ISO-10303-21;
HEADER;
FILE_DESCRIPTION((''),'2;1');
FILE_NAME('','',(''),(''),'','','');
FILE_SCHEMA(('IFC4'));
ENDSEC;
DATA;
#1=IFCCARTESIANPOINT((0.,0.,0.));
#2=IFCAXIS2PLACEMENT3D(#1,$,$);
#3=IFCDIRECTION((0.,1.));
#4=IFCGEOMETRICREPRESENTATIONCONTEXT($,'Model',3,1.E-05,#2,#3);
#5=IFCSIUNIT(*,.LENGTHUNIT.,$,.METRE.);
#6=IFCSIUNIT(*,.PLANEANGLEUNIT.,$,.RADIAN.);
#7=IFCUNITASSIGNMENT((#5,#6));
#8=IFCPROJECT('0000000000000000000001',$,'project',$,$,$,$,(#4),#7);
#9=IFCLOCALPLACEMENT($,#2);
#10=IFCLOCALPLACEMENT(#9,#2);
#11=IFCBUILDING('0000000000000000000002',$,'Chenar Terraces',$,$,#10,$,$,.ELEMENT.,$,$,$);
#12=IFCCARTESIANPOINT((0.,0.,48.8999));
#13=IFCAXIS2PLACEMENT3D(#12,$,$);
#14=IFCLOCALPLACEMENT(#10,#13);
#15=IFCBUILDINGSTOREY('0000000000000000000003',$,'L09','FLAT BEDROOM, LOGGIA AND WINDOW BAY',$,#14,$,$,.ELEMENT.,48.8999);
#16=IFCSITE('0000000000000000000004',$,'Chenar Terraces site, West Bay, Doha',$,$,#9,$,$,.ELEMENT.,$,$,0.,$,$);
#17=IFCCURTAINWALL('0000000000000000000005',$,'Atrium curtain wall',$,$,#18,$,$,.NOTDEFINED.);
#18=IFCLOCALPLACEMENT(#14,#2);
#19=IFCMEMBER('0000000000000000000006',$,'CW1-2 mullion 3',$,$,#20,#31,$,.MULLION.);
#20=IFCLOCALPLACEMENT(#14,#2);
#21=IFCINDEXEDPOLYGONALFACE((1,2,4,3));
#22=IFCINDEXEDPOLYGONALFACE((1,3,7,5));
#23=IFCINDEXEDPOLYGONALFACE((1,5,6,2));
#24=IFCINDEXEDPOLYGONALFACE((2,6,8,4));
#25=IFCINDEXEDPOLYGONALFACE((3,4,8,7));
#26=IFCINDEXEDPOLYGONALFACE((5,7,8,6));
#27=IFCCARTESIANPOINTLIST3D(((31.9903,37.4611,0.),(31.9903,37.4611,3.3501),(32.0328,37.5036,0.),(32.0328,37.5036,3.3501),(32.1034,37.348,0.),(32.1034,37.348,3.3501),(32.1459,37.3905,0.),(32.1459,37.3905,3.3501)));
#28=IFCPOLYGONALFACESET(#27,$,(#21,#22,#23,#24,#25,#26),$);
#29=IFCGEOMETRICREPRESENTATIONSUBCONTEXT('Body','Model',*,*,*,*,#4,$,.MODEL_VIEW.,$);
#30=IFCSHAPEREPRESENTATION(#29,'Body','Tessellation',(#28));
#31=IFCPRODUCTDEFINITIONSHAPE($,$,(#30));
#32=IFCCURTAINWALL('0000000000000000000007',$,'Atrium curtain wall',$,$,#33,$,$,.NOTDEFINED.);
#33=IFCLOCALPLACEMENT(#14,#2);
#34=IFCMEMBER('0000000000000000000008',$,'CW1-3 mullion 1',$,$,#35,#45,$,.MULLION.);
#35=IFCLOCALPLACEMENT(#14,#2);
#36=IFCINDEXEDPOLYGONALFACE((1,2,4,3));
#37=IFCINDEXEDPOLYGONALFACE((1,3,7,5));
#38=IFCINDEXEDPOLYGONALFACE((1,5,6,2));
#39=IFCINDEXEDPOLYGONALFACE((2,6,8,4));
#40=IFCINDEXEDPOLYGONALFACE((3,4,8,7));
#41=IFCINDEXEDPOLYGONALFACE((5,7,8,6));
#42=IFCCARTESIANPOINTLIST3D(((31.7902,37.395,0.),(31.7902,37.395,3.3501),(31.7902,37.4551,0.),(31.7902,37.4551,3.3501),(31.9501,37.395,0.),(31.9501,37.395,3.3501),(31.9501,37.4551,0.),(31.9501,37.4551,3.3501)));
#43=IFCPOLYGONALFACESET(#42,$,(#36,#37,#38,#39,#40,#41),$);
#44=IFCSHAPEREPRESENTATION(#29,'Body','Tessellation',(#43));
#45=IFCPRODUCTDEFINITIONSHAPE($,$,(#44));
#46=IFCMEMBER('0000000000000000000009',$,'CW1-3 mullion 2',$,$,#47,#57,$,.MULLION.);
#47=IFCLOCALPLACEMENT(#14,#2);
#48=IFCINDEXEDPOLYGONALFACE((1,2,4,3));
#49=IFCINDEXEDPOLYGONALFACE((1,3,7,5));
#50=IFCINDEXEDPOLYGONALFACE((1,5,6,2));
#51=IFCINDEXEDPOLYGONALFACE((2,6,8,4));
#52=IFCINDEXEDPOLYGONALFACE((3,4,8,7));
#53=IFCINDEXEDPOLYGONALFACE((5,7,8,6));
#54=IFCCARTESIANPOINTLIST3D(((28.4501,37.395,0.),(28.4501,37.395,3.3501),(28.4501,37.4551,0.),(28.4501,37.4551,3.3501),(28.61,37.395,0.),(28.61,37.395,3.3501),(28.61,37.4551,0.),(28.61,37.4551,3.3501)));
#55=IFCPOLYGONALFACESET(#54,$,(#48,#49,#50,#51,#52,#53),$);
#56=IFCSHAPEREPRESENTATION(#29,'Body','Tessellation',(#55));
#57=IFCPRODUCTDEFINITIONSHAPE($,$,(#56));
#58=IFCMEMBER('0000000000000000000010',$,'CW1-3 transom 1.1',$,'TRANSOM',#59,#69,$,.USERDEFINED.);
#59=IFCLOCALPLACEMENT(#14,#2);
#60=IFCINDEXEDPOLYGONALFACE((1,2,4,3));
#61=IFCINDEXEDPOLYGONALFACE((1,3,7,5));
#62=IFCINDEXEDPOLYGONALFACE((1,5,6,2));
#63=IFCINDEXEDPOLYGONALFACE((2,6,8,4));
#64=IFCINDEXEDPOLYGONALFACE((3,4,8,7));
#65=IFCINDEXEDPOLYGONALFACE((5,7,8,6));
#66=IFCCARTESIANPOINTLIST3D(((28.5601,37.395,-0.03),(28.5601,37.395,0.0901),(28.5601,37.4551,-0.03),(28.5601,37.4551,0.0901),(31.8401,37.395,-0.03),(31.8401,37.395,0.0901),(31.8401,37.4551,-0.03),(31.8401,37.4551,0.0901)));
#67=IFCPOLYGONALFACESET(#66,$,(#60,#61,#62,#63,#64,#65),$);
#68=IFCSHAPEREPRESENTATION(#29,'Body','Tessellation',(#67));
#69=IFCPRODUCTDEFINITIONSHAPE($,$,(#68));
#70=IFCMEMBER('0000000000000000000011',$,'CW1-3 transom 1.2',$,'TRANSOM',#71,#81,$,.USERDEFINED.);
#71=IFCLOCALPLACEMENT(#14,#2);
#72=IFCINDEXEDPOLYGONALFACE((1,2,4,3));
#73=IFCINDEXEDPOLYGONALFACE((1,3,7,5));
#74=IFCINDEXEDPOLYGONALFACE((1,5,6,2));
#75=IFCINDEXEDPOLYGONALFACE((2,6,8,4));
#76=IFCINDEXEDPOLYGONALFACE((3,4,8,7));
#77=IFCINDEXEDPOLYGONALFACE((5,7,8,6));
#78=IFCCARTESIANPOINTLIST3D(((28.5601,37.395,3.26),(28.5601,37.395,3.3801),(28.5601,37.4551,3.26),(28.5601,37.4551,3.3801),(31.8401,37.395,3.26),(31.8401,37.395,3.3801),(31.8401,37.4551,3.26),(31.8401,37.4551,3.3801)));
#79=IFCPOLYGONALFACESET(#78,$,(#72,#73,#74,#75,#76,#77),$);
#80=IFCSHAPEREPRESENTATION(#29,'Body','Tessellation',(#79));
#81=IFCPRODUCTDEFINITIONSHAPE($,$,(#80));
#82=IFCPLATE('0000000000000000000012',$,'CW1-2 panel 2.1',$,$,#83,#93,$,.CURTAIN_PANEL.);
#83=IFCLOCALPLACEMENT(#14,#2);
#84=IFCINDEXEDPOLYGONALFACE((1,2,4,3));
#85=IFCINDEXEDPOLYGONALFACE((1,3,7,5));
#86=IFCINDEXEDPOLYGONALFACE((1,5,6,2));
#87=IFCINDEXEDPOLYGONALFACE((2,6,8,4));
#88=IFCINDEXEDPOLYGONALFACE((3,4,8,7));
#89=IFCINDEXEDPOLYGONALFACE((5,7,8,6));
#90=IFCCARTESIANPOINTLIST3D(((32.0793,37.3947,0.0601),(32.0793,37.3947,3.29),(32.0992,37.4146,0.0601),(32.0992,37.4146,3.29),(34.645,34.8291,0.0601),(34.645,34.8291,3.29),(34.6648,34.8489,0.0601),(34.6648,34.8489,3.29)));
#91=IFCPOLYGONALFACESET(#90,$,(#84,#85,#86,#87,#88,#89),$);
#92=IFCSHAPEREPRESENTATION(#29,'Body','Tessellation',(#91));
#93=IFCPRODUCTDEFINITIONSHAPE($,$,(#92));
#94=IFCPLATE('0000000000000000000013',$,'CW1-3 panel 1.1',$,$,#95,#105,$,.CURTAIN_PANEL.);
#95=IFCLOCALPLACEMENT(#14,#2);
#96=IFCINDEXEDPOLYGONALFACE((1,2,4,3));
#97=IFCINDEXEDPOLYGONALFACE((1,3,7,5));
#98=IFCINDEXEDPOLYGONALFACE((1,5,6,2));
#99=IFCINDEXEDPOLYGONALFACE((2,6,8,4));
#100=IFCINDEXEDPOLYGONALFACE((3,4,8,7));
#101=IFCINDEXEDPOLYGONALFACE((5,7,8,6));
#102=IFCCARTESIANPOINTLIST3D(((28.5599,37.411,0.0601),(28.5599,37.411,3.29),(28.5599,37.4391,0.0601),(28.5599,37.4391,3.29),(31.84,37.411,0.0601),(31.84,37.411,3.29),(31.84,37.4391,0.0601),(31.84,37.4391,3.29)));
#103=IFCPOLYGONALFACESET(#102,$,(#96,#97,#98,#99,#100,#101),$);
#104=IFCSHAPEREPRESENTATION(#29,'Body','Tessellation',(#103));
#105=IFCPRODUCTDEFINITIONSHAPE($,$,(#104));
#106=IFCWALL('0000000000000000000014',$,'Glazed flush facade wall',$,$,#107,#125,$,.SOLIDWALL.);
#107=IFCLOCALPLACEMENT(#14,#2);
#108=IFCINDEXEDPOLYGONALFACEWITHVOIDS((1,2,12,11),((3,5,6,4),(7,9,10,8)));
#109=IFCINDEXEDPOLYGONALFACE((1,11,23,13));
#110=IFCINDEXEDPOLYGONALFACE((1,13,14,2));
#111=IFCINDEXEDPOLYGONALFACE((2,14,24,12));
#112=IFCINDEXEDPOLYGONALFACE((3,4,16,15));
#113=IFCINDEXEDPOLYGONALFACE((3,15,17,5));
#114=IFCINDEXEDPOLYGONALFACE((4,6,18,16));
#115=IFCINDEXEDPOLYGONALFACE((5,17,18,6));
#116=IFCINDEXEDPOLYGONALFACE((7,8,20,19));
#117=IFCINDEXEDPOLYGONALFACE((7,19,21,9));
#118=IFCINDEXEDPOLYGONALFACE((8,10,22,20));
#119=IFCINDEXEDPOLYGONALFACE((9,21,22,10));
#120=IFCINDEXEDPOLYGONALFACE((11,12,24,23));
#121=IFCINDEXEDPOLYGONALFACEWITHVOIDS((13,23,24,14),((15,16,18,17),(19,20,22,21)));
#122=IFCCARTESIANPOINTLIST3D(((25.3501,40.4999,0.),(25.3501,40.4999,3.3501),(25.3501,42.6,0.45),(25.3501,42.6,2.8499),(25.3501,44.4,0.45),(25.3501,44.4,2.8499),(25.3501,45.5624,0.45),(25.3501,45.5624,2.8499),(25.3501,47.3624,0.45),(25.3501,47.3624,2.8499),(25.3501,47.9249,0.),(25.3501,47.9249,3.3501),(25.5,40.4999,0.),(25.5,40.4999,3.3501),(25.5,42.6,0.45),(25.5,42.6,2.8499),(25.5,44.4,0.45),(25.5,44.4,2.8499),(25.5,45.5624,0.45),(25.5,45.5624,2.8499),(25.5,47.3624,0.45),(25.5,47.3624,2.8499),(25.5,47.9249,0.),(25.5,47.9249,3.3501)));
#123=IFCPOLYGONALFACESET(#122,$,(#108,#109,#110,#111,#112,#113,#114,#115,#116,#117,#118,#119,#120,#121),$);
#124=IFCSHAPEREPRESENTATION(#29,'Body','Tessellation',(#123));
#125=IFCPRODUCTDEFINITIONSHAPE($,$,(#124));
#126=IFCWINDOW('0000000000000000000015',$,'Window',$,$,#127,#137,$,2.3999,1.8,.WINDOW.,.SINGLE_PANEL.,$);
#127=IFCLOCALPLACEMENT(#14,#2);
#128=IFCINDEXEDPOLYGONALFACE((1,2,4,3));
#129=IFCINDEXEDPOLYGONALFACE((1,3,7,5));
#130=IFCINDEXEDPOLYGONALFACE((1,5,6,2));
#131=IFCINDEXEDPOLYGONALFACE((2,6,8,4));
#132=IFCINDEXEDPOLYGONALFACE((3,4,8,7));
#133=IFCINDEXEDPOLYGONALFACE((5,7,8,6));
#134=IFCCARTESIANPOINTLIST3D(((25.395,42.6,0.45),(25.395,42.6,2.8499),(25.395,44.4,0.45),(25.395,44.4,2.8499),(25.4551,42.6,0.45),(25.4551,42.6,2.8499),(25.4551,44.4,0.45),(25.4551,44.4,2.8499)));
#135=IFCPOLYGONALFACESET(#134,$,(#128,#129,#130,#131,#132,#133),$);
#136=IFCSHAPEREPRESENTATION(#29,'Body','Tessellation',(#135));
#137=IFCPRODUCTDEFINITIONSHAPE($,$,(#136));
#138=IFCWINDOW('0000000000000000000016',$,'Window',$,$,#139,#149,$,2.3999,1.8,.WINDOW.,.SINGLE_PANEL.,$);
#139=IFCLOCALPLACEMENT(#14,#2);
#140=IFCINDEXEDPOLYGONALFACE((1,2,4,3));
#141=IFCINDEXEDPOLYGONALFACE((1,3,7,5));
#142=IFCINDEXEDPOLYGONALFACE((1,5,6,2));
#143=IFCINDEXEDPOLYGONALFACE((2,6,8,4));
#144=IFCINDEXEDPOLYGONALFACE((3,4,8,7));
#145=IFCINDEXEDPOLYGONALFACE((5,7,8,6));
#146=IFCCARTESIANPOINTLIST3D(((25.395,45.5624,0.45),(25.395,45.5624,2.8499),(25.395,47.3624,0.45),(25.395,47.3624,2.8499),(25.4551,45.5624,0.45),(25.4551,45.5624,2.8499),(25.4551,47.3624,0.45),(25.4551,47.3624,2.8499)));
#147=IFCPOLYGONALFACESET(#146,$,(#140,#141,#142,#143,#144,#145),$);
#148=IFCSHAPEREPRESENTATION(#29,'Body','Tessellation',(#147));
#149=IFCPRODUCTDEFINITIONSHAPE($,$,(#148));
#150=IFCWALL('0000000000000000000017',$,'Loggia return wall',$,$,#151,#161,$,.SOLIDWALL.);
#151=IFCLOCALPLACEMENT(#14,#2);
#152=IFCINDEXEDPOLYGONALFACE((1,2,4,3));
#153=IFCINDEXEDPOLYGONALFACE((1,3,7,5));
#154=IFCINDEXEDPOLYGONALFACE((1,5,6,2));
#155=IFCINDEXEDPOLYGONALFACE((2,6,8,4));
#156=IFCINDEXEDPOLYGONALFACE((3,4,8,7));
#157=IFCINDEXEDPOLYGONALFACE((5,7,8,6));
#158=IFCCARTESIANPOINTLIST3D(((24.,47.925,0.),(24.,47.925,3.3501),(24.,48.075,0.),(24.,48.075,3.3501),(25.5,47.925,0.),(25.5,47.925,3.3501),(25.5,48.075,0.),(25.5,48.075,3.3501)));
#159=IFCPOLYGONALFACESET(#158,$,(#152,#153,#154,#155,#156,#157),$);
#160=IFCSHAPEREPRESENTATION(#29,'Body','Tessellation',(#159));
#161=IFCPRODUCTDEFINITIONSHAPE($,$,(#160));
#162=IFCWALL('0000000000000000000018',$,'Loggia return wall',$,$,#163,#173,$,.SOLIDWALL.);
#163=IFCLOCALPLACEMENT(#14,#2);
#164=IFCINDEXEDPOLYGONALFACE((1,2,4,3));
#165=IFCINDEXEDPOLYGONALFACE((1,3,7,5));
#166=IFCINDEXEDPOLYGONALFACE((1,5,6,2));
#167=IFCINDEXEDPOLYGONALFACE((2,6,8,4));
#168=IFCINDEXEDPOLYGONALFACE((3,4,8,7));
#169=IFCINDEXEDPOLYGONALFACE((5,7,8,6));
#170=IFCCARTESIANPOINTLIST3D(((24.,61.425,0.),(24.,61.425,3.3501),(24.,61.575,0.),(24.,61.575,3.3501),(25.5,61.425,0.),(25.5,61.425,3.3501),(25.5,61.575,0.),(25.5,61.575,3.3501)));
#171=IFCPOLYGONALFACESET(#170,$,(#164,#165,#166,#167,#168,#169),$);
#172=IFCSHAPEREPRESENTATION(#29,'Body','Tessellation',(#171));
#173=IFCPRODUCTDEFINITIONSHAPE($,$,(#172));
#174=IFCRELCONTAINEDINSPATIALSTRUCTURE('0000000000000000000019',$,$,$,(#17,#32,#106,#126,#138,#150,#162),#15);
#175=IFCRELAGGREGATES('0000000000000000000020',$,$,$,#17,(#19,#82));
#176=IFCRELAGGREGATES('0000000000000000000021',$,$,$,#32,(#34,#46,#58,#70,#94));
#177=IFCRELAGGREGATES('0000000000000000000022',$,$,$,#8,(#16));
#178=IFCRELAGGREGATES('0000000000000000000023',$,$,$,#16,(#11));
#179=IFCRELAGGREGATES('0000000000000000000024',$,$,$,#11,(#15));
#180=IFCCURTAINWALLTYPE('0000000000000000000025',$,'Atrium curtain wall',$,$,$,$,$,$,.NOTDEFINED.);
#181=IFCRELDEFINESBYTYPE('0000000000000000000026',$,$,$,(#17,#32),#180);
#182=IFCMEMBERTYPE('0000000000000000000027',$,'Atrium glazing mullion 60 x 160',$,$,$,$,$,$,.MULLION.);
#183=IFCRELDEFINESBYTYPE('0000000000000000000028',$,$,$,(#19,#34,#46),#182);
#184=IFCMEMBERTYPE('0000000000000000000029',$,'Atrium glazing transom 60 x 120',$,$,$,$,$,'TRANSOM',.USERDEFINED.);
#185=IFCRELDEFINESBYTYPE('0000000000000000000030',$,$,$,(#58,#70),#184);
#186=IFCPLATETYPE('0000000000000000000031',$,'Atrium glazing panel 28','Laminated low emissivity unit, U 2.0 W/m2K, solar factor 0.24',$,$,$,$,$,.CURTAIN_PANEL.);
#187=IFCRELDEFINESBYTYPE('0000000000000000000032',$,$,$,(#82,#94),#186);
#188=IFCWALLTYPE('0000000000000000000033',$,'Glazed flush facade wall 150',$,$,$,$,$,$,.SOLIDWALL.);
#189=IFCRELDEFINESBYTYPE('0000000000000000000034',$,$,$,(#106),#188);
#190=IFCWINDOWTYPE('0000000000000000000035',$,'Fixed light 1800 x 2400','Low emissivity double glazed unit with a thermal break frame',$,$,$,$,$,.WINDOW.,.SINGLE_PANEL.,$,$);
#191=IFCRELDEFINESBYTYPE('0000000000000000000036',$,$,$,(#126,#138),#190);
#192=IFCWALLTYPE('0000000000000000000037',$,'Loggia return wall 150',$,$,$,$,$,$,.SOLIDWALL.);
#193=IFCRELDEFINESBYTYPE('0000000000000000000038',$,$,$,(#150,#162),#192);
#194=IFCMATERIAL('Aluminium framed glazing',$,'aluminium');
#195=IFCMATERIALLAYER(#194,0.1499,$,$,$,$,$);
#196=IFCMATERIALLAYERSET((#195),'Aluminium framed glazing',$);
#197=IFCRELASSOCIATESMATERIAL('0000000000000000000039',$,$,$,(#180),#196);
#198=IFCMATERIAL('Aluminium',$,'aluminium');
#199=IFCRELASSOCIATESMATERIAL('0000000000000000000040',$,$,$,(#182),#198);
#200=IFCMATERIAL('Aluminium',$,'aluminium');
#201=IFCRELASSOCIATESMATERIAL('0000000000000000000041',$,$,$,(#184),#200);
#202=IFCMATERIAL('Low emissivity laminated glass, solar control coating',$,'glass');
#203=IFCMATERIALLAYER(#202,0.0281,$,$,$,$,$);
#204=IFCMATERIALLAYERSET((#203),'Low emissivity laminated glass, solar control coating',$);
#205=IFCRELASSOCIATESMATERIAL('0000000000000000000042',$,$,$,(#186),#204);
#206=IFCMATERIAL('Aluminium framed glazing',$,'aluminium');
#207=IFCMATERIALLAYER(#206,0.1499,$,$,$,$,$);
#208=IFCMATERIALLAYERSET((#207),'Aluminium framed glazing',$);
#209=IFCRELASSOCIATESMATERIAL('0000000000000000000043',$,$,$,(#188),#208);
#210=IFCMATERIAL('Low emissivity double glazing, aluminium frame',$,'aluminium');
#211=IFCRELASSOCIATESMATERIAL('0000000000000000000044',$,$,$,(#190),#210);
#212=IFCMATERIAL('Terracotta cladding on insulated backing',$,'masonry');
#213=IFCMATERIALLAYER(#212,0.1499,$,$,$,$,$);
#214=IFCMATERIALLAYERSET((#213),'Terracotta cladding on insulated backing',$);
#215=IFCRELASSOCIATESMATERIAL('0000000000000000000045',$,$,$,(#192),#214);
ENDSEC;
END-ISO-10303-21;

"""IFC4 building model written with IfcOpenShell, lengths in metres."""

from ifc_helpers import new_model, si_unit, direction, frame, frame_2d, origin, origin_2d, place, context, subcontext, project, spatial, rectangle, extrude, material, layer, layer_set, material_profile, profile_set, type_object, element, fill, aggregate, save


model = new_model("IFC4")

# Units and contexts
model_context = context("Model", 3, precision=1e-05, world=origin(), true_north=direction((0.0, 1.0)))
body_context = subcontext(model_context, "Body", "Model", "MODEL_VIEW")
ifc_project = project(units=[si_unit("LENGTHUNIT", "METRE"), si_unit("PLANEANGLEUNIT", "RADIAN")], contexts=[model_context])

# Site, building, storey
site_placement = place(None, origin())
site = spatial("IfcSite", under=ifc_project, at=site_placement, Name="Chenar Terraces site, West Bay, Doha", CompositionType="ELEMENT", RefElevation=0.0)
building_placement = place(site_placement, origin())
building = spatial("IfcBuilding", under=site, at=building_placement, Name="Chenar Terraces", CompositionType="ELEMENT")
storey_placement = place(building_placement, frame((0.0, 0.0, 48.8999)))
storey = spatial("IfcBuildingStorey", under=building, at=storey_placement, Name="L09", Description="FLAT BEDROOM, LOGGIA AND WINDOW BAY", CompositionType="ELEMENT", Elevation=48.8999)

# Curtain wall, member
ifc_material_1 = material(Name="Aluminium framed glazing", Category="aluminium")
ifc_layer_1 = layer(ifc_material_1, 0.1499)
ifc_layer_set_1 = layer_set([ifc_layer_1], Name="Aluminium framed glazing")
curtain_wall_type = type_object("IfcCurtainWallType", Name="Atrium curtain wall", PredefinedType="NOTDEFINED", material=ifc_layer_set_1)
placement = place(storey_placement, origin())
curtain_wall_1 = element("IfcCurtainWall", 1, at=placement, inside=storey, type_object=curtain_wall_type, Name="Atrium curtain wall", PredefinedType="NOTDEFINED")
ifc_material_2 = material(Name="Aluminium", Category="aluminium")
ifc_material_profile_1 = material_profile(ifc_material_2, rectangle(XDim=0.0601, YDim=0.1599, at=origin_2d()), Name="Atrium glazing mullion 60 x 160")
ifc_profile_set_1 = profile_set([ifc_material_profile_1], Name="Aluminium")
member_type_1 = type_object("IfcMemberType", Name="Atrium glazing mullion 60 x 160", PredefinedType="MULLION", material=ifc_profile_set_1)
member_1_placement = place(storey_placement, frame((32.0681, 37.4258, 0.0), z_axis=(0.0, 0.0, 1.0), x_axis=(-0.707107, -0.707107, 0.0)))
member_1 = element("IfcMember", 2, at=member_1_placement, type_object=member_type_1, Name="CW1-2 mullion 3", PredefinedType="MULLION", context=body_context, shape_type="SweptSolid", body=[
    extrude(rectangle(XDim=0.0601, YDim=0.1599, at=origin_2d()), origin(), (0.0, 0.0, 1.0), 3.3501),
])

# Curtain wall, members
curtain_wall_2 = element("IfcCurtainWall", 3, at=placement, inside=storey, type_object=curtain_wall_type, Name="Atrium curtain wall", PredefinedType="NOTDEFINED")
member_2_placement = place(storey_placement, frame((31.8701, 37.425, 0.0), z_axis=(0.0, 0.0, 1.0), x_axis=(0.0, -1.0, 0.0)))
member_2 = element("IfcMember", 4, at=member_2_placement, type_object=member_type_1, Name="CW1-3 mullion 1", PredefinedType="MULLION", context=body_context, shape_type="SweptSolid", body=[
    extrude(rectangle(XDim=0.0601, YDim=0.1599, at=origin_2d()), origin(), (0.0, 0.0, 1.0), 3.3501),
])
member_3_placement = place(storey_placement, frame((28.53, 37.425, 0.0), z_axis=(0.0, 0.0, 1.0), x_axis=(0.0, -1.0, 0.0)))
member_3 = element("IfcMember", 5, at=member_3_placement, type_object=member_type_1, Name="CW1-3 mullion 2", PredefinedType="MULLION", context=body_context, shape_type="SweptSolid", body=[
    extrude(rectangle(XDim=0.0601, YDim=0.1599, at=origin_2d()), origin(), (0.0, 0.0, 1.0), 3.3501),
])
ifc_material_3 = material(Name="Aluminium", Category="aluminium")
ifc_material_profile_2 = material_profile(ifc_material_3, rectangle(XDim=0.0601, YDim=0.1201, at=origin_2d()), Name="Atrium glazing transom 60 x 120")
ifc_profile_set_2 = profile_set([ifc_material_profile_2], Name="Aluminium")
member_type_2 = type_object("IfcMemberType", Name="Atrium glazing transom 60 x 120", ElementType="TRANSOM", PredefinedType="USERDEFINED", material=ifc_profile_set_2)
member_4_placement = place(storey_placement, frame((31.8401, 37.425, 0.03), z_axis=(-1.0, 0.0, 0.0), x_axis=(0.0, -1.0, 0.0)))
member_4 = element("IfcMember", 6, at=member_4_placement, type_object=member_type_2, Name="CW1-3 transom 1.1", ObjectType="TRANSOM", PredefinedType="USERDEFINED", context=body_context, shape_type="SweptSolid", body=[
    extrude(rectangle(XDim=0.0601, YDim=0.1201, at=origin_2d()), origin(), (0.0, 0.0, 1.0), 3.28),
])
member_5_placement = place(storey_placement, frame((31.8401, 37.425, 3.3201), z_axis=(-1.0, 0.0, 0.0), x_axis=(0.0, -1.0, 0.0)))
member_5 = element("IfcMember", 7, at=member_5_placement, type_object=member_type_2, Name="CW1-3 transom 1.2", ObjectType="TRANSOM", PredefinedType="USERDEFINED", context=body_context, shape_type="SweptSolid", body=[
    extrude(rectangle(XDim=0.0601, YDim=0.1201, at=origin_2d()), origin(), (0.0, 0.0, 1.0), 3.28),
])

# Plates
ifc_material_4 = material(Name="Low emissivity laminated glass, solar control coating", Category="glass")
ifc_layer_2 = layer(ifc_material_4, 0.0281)
ifc_layer_set_2 = layer_set([ifc_layer_2], Name="Low emissivity laminated glass, solar control coating")
plate_type = type_object("IfcPlateType", Name="Atrium glazing panel 28", Description="Laminated low emissivity unit, U 2.0 W/m2K, solar factor 0.24", PredefinedType="CURTAIN_PANEL", material=ifc_layer_set_2)
plate_1_placement = place(storey_placement, frame((33.3721, 36.1218, 0.0601), z_axis=(0.0, 0.0, 1.0), x_axis=(-0.707107, 0.707107, 0.0)))
plate_1 = element("IfcPlate", 8, at=plate_1_placement, type_object=plate_type, Name="CW1-2 panel 2.1", PredefinedType="CURTAIN_PANEL", context=body_context, shape_type="SweptSolid", body=[
    extrude(rectangle(XDim=3.6284, YDim=0.0281, at=origin_2d()), origin(), (0.0, 0.0, 1.0), 3.23),
])
aggregate(curtain_wall_1, [member_1, plate_1])
plate_2_placement = place(storey_placement, frame((30.2, 37.425, 0.0601), z_axis=(0.0, 0.0, 1.0), x_axis=(-1.0, 0.0, 0.0)))
plate_2 = element("IfcPlate", 9, at=plate_2_placement, type_object=plate_type, Name="CW1-3 panel 1.1", PredefinedType="CURTAIN_PANEL", context=body_context, shape_type="SweptSolid", body=[
    extrude(rectangle(XDim=3.28, YDim=0.0281, at=origin_2d()), origin(), (0.0, 0.0, 1.0), 3.23),
])
aggregate(curtain_wall_2, [member_2, member_3, member_4, member_5, plate_2])

# Wall, openings, windows
ifc_material_5 = material(Name="Aluminium framed glazing", Category="aluminium")
ifc_layer_3 = layer(ifc_material_5, 0.1499)
ifc_layer_set_3 = layer_set([ifc_layer_3], Name="Aluminium framed glazing")
wall_type_1 = type_object("IfcWallType", Name="Glazed flush facade wall 150", PredefinedType="SOLIDWALL", material=ifc_layer_set_3)
wall_1_placement = place(storey_placement, frame((25.425, 40.5, 0.0), z_axis=(0.0, 0.0, 1.0), x_axis=(0.0, 1.0, 0.0)))
wall_1 = element("IfcWall", 10, at=wall_1_placement, inside=storey, type_object=wall_type_1, Name="Glazed flush facade wall", PredefinedType="SOLIDWALL", context=body_context, shape_type="SweptSolid", body=[
    extrude(rectangle(XDim=7.425, YDim=0.1499, at=frame_2d((3.7124, 0.0))), origin(), (0.0, 0.0, 1.0), 3.3501),
])
opening_1_placement = place(wall_1_placement, frame((2.1001, 0.0, 0.45)))
opening_1 = element("IfcOpeningElement", 11, at=opening_1_placement, cuts=wall_1, PredefinedType="OPENING", context=body_context, shape_type="SweptSolid", body=[
    extrude(rectangle(XDim=1.8, YDim=2.3999, at=frame_2d((0.8999, 1.2))), frame((0.0, 0.085, 0.0), z_axis=(0.0, -1.0, 0.0), x_axis=(1.0, 0.0, 0.0)), (0.0, 0.0, 1.0), 0.1699),
])
opening_2_placement = place(wall_1_placement, frame((5.0625, 0.0, 0.45)))
opening_2 = element("IfcOpeningElement", 12, at=opening_2_placement, cuts=wall_1, PredefinedType="OPENING", context=body_context, shape_type="SweptSolid", body=[
    extrude(rectangle(XDim=1.8, YDim=2.3999, at=frame_2d((0.8999, 1.2))), frame((0.0, 0.085, 0.0), z_axis=(0.0, -1.0, 0.0), x_axis=(1.0, 0.0, 0.0)), (0.0, 0.0, 1.0), 0.1699),
])
ifc_material_6 = material(Name="Low emissivity double glazing, aluminium frame", Category="aluminium")
window_type_1 = type_object("IfcWindowType", Name="Fixed light 1800 x 2400", Description="Low emissivity double glazed unit with a thermal break frame", PartitioningType="SINGLE_PANEL", PredefinedType="WINDOW", material=ifc_material_6)
window_1_placement = place(opening_1_placement, origin())
window_1 = element("IfcWindow", 13, at=window_1_placement, inside=storey, type_object=window_type_1, Name="Window", OverallHeight=2.3999, OverallWidth=1.8, PartitioningType="SINGLE_PANEL", PredefinedType="WINDOW", context=body_context, shape_type="SweptSolid", body=[
    extrude(rectangle(XDim=1.8, YDim=2.3999, at=frame_2d((0.8999, 1.2))), frame((0.0, 0.03, 0.0), z_axis=(0.0, -1.0, 0.0), x_axis=(1.0, 0.0, 0.0)), (0.0, 0.0, 1.0), 0.0601),
])
fill(opening_1, window_1)
window_2_placement = place(opening_2_placement, origin())
window_2 = element("IfcWindow", 14, at=window_2_placement, inside=storey, type_object=window_type_1, Name="Window", OverallHeight=2.3999, OverallWidth=1.8, PartitioningType="SINGLE_PANEL", PredefinedType="WINDOW", context=body_context, shape_type="SweptSolid", body=[
    extrude(rectangle(XDim=1.8, YDim=2.3999, at=frame_2d((0.8999, 1.2))), frame((0.0, 0.03, 0.0), z_axis=(0.0, -1.0, 0.0), x_axis=(1.0, 0.0, 0.0)), (0.0, 0.0, 1.0), 0.0601),
])
fill(opening_2, window_2)

# Walls
ifc_material_7 = material(Name="Terracotta cladding on insulated backing", Category="masonry")
ifc_layer_4 = layer(ifc_material_7, 0.1499)
ifc_layer_set_4 = layer_set([ifc_layer_4], Name="Terracotta cladding on insulated backing")
wall_type_2 = type_object("IfcWallType", Name="Loggia return wall 150", PredefinedType="SOLIDWALL", material=ifc_layer_set_4)
for number, where, z_axis, x_axis, name in (
    (15, (25.5, 48.0, 0.0), (0.0, 0.0, 1.0), (-1.0, 0.0, 0.0), "Loggia return wall"),
    (16, (25.5, 61.5, 0.0), (0.0, 0.0, 1.0), (-1.0, 0.0, 0.0), "Loggia return wall"),
):
    element("IfcWall", number, at=place(storey_placement, frame(where, z_axis=z_axis, x_axis=x_axis)), inside=storey, type_object=wall_type_2, Name=name, PredefinedType="SOLIDWALL", context=body_context, shape_type="SweptSolid", body=[
        extrude(rectangle(XDim=1.5, YDim=0.1499, at=frame_2d((0.75, 0.0))), origin(), (0.0, 0.0, 1.0), 3.3501),
    ])

save(model, "model.ifc")
